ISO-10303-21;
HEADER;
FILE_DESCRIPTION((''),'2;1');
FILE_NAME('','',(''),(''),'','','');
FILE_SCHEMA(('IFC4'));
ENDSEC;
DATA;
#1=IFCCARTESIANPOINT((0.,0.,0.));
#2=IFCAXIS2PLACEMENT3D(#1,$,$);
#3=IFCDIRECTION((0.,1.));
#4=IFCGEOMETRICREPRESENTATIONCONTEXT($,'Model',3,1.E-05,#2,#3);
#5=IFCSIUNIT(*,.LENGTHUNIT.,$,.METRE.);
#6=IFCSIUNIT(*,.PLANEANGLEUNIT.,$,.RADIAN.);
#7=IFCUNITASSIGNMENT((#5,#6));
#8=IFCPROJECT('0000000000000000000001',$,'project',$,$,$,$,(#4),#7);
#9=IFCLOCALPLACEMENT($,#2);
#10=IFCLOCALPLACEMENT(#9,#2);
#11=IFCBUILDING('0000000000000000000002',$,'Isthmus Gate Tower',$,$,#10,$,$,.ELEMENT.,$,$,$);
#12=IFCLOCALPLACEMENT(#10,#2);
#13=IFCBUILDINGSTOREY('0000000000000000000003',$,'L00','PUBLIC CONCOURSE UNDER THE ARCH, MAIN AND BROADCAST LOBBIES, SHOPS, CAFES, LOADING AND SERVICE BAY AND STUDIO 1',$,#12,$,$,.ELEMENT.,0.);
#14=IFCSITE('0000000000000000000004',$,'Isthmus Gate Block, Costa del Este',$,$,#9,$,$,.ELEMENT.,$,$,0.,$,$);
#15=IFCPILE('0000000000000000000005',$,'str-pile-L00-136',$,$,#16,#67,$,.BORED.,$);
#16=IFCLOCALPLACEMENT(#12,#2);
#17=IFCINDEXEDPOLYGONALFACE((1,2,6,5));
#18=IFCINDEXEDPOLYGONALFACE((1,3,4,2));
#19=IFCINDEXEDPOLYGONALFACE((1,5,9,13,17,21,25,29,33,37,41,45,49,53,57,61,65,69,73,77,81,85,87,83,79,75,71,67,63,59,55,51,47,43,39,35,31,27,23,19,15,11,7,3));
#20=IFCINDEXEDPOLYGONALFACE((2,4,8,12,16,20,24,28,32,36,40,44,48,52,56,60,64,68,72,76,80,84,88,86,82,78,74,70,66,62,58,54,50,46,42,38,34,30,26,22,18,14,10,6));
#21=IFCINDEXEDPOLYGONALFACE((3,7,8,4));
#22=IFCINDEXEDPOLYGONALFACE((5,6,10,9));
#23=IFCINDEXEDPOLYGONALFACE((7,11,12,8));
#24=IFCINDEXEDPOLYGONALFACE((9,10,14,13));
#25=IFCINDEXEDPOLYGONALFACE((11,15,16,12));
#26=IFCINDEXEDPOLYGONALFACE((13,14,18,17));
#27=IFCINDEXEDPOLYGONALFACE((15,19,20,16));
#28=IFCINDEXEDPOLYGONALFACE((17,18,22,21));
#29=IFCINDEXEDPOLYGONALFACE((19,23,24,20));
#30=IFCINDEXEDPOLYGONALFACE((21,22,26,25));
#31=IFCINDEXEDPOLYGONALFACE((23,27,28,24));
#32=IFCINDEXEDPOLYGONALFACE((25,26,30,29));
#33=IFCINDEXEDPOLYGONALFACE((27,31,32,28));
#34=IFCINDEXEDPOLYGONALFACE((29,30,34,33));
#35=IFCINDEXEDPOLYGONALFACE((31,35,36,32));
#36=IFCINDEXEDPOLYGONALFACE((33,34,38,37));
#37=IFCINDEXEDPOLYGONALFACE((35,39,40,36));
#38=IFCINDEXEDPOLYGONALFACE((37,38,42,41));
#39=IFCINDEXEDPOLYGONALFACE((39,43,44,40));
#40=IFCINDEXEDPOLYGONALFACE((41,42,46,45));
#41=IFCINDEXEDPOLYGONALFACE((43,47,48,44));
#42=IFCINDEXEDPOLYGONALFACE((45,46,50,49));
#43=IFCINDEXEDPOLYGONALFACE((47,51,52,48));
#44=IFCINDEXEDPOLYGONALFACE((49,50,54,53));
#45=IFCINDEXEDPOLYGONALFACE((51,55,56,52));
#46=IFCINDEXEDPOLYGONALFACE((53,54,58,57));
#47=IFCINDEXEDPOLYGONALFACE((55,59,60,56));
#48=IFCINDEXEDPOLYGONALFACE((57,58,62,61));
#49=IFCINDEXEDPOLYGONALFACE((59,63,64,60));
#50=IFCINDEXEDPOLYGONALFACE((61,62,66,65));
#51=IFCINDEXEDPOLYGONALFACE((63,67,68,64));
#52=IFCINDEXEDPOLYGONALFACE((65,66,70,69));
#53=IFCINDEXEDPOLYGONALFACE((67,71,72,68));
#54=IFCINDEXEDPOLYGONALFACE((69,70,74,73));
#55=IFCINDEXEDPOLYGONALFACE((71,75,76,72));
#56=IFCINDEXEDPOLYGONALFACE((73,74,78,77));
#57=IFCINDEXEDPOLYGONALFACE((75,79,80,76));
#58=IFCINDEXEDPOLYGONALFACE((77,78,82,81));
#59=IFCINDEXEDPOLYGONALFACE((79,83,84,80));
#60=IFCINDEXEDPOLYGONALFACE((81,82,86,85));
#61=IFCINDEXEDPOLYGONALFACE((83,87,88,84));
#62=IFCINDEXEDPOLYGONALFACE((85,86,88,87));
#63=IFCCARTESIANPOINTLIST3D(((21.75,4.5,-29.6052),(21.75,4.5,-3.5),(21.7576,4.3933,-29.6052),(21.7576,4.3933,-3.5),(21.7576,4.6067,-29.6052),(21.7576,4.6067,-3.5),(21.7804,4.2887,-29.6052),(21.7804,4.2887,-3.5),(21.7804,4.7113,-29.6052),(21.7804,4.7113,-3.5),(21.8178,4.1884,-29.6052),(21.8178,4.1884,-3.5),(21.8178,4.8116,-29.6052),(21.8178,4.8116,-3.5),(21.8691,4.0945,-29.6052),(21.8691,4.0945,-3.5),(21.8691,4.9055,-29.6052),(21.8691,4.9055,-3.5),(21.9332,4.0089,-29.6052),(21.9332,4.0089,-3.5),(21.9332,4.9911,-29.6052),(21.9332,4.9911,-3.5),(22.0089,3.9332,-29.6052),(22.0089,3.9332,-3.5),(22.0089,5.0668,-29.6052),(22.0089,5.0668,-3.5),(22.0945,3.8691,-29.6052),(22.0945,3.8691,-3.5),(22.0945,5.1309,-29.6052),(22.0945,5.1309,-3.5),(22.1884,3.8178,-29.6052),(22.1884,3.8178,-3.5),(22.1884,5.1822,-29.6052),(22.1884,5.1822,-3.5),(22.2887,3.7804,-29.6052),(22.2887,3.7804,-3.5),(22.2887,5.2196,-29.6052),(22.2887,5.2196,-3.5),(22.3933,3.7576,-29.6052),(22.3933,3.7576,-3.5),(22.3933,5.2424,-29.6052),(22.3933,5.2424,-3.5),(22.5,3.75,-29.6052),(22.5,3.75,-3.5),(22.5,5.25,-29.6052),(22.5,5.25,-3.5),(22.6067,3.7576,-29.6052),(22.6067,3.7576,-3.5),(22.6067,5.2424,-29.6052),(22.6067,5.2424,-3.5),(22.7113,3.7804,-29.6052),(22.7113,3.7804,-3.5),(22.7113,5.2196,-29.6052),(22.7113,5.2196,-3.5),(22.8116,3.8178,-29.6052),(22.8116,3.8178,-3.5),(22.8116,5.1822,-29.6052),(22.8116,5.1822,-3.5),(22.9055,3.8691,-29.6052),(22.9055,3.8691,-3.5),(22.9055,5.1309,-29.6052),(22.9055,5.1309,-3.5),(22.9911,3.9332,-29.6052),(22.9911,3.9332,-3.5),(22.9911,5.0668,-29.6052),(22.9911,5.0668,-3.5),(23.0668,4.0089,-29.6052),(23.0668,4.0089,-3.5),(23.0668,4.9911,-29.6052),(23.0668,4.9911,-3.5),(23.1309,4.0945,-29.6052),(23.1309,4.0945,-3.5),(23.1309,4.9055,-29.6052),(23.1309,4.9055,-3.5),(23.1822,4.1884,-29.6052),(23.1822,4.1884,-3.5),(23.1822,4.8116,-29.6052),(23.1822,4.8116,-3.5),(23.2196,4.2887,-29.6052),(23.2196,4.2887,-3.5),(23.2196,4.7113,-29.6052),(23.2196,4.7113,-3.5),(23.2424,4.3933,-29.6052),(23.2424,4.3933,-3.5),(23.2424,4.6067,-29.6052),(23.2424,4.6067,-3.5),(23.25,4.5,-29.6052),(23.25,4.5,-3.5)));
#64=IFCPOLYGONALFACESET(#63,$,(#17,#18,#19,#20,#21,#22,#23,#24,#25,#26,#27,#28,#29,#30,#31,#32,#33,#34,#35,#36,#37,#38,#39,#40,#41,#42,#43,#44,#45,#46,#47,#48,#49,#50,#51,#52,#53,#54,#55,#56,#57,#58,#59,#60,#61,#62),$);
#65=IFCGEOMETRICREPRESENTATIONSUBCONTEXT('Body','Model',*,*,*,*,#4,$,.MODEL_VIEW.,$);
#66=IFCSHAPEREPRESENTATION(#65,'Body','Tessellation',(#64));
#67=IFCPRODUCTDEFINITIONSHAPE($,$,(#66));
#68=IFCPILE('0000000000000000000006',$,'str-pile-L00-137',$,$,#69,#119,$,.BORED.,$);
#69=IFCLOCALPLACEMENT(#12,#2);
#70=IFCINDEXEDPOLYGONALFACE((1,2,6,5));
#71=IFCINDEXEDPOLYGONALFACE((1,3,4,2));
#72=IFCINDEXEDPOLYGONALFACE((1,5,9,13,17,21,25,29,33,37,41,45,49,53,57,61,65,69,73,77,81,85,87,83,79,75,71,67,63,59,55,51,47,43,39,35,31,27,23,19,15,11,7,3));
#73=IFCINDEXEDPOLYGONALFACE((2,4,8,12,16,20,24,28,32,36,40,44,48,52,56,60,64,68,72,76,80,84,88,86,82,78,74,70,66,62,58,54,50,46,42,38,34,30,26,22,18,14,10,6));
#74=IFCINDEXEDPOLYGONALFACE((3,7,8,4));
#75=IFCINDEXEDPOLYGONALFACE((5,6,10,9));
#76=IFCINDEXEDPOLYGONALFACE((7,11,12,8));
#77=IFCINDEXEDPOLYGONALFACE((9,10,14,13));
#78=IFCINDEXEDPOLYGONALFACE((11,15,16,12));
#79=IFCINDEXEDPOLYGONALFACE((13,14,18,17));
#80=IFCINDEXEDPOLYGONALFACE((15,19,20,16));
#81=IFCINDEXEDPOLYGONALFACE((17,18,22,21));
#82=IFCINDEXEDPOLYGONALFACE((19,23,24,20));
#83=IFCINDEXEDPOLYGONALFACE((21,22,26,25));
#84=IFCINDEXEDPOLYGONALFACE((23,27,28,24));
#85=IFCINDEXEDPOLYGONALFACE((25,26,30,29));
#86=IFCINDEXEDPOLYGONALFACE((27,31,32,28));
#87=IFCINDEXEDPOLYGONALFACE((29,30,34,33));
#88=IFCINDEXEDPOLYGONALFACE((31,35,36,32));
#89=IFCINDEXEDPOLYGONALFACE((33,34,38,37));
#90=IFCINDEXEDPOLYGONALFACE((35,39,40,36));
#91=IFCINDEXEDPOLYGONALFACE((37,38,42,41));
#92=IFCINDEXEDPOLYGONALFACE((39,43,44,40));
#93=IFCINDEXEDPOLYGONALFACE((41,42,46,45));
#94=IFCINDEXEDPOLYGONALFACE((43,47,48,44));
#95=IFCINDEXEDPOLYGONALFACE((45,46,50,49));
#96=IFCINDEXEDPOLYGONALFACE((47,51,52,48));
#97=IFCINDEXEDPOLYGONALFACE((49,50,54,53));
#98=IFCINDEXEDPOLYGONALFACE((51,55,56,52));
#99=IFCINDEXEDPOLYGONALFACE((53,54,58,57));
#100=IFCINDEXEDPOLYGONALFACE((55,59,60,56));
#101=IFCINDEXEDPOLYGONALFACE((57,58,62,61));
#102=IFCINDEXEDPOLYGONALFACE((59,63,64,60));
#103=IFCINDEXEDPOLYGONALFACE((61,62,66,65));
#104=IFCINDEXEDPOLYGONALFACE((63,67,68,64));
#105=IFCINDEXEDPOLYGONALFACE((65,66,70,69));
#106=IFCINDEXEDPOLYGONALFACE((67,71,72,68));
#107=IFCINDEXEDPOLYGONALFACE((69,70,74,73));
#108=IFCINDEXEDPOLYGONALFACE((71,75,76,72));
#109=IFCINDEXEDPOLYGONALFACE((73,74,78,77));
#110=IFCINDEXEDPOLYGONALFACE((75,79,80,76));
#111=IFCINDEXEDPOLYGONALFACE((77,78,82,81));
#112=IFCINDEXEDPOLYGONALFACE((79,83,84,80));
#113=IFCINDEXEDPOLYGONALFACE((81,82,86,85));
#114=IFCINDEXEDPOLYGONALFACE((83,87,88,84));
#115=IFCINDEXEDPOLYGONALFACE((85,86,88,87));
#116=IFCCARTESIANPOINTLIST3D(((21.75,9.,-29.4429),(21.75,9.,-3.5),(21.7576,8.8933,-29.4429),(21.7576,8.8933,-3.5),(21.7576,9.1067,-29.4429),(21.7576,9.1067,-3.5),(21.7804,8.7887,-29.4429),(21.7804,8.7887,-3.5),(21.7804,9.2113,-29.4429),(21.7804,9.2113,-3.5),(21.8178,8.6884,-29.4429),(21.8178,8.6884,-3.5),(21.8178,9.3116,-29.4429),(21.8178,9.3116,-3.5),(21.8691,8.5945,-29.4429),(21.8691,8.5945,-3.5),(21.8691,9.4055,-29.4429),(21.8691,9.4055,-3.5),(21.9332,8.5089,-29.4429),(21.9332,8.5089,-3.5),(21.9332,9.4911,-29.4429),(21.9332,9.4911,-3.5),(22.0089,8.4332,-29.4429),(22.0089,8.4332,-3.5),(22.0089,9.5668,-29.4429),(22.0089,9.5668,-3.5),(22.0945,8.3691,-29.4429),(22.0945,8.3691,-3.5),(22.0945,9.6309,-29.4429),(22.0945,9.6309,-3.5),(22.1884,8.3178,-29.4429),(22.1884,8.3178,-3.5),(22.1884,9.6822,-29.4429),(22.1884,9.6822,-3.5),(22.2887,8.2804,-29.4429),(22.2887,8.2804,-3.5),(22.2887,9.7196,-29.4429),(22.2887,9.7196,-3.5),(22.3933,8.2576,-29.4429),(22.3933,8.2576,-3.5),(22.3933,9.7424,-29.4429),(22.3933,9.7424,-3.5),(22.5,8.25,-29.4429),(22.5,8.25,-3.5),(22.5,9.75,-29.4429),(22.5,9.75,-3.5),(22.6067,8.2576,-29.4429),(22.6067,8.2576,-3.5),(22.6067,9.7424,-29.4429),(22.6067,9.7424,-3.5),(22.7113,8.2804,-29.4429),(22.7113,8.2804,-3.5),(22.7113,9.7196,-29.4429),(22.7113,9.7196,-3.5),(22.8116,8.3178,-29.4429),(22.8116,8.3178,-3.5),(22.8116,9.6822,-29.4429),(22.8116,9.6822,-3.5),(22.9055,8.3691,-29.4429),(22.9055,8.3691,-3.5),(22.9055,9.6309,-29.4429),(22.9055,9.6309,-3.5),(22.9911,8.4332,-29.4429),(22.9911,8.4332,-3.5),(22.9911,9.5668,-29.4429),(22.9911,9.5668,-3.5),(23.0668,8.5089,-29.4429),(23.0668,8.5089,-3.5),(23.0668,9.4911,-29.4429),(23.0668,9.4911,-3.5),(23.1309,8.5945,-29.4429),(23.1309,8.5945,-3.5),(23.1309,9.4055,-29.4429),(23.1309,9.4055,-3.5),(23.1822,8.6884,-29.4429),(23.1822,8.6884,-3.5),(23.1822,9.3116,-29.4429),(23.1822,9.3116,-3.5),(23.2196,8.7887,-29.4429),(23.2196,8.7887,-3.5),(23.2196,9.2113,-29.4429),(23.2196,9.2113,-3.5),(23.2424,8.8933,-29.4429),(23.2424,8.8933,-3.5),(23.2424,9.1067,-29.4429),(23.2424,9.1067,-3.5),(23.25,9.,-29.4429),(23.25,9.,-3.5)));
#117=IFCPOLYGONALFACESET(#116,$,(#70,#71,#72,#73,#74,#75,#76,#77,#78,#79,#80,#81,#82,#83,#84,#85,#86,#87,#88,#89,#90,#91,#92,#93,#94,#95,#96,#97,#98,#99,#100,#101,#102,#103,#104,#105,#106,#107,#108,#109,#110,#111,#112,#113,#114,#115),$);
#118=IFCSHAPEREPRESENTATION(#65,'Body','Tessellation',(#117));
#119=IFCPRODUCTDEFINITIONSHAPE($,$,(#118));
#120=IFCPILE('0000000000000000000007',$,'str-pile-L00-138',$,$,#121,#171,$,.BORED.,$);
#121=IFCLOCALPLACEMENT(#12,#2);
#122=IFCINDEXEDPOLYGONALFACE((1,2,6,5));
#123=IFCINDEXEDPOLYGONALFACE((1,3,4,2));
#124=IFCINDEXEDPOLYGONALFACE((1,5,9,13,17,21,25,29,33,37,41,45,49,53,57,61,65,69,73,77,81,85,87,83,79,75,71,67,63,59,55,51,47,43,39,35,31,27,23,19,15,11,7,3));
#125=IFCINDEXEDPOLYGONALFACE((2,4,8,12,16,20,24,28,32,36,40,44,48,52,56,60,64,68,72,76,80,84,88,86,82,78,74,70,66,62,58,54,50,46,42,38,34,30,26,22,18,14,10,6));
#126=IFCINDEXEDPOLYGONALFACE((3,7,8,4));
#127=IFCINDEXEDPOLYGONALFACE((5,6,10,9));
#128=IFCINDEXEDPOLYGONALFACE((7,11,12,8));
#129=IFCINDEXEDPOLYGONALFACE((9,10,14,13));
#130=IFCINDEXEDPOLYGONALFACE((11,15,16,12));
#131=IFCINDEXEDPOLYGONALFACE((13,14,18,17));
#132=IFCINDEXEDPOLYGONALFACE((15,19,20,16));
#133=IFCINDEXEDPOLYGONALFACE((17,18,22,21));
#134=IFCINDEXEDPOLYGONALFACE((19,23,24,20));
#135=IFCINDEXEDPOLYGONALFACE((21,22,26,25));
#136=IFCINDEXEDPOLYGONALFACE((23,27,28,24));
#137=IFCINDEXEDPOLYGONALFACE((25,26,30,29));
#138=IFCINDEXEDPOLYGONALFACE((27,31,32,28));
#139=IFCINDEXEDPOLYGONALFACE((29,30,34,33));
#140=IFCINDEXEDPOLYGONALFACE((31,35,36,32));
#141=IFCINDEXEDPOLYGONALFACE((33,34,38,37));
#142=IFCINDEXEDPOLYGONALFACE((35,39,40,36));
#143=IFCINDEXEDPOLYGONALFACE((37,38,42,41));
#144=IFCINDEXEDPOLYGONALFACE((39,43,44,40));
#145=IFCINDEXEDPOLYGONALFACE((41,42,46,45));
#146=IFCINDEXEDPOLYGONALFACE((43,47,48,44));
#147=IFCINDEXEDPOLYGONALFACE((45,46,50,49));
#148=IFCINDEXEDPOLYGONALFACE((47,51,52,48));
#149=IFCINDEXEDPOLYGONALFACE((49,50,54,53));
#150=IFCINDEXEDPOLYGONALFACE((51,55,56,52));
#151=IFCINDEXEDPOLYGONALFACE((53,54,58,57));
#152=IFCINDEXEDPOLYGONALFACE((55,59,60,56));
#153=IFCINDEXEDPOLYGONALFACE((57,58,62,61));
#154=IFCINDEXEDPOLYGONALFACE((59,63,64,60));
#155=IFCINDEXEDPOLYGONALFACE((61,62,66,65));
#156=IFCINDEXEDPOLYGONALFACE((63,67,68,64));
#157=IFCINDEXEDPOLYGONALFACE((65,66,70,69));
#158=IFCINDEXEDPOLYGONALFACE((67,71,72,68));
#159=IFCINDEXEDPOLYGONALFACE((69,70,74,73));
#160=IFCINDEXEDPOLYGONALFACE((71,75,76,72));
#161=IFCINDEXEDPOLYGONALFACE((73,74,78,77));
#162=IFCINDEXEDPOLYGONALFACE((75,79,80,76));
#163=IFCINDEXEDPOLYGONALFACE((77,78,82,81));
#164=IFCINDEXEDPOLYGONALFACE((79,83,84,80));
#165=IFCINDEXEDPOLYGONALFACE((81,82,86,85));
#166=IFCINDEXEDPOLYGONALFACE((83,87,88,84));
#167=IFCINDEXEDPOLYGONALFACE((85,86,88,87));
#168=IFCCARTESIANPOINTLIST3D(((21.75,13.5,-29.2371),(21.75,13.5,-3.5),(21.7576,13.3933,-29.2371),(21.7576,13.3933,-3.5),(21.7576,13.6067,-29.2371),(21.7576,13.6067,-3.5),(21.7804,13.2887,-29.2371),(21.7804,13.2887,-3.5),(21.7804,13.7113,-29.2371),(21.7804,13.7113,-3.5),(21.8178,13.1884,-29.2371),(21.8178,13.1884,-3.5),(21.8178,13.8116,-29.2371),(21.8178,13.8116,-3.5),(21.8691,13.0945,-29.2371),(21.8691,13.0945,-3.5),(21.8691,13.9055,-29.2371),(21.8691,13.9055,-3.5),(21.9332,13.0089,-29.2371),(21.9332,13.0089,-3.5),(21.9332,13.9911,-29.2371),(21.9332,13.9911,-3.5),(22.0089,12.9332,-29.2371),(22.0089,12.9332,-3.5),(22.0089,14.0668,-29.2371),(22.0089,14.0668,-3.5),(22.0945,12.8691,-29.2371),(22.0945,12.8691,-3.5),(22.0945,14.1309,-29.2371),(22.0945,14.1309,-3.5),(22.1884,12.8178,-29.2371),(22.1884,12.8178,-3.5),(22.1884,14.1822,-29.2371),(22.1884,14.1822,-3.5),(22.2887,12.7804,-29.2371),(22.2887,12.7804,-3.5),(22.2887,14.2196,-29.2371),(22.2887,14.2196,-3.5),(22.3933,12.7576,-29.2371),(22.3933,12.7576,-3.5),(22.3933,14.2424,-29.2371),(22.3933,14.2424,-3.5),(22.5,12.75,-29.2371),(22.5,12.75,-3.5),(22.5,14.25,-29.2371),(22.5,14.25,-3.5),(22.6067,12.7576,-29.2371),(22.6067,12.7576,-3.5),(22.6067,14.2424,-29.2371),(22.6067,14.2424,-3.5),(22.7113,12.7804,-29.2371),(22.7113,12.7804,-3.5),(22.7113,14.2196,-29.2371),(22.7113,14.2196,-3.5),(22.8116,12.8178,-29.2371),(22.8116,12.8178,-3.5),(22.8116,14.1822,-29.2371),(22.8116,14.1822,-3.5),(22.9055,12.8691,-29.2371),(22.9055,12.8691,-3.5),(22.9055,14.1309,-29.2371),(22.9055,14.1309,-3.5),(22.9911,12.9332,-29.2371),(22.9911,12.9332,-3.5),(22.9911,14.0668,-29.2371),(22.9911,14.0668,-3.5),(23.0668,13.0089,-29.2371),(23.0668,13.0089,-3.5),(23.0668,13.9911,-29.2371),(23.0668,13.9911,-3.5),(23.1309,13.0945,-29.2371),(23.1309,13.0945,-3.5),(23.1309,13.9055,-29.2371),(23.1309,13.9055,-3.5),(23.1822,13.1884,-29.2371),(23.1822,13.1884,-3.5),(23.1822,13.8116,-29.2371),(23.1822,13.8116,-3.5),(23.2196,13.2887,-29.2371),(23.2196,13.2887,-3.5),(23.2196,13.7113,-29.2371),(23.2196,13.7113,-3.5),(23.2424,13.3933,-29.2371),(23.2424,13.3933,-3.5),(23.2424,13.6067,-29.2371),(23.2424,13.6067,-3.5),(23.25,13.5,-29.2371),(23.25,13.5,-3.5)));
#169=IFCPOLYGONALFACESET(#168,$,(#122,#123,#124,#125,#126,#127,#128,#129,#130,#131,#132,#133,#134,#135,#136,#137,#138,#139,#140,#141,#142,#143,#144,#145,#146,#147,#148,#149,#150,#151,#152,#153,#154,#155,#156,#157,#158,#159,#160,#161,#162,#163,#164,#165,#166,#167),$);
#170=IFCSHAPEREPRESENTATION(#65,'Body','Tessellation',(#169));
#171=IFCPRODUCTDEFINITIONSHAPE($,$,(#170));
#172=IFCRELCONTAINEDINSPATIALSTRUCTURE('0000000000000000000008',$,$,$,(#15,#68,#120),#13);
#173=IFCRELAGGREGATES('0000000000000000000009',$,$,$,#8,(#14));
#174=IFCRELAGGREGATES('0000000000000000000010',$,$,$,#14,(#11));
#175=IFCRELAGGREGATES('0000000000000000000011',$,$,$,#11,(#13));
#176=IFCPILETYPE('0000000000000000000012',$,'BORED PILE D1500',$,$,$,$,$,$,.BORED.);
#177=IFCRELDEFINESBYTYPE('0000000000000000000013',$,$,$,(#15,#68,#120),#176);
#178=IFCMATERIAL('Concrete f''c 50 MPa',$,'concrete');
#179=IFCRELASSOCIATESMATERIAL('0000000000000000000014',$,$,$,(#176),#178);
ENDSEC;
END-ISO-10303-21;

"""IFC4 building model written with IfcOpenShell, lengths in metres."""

from ifc_helpers import new_model, si_unit, direction, frame, origin, origin_2d, place, context, subcontext, project, spatial, circle, extrude, material, material_profile, profile_set, type_object, element, save


model = new_model("IFC4")

# Units and contexts
model_context = context("Model", 3, precision=1e-05, world=origin(), true_north=direction((0.0, 1.0)))
body_context = subcontext(model_context, "Body", "Model", "MODEL_VIEW")
ifc_project = project(units=[si_unit("LENGTHUNIT", "METRE"), si_unit("PLANEANGLEUNIT", "RADIAN")], contexts=[model_context])

# Site, building, storey
site_placement = place(None, origin())
site = spatial("IfcSite", under=ifc_project, at=site_placement, Name="Isthmus Gate Block, Costa del Este", CompositionType="ELEMENT", RefElevation=0.0)
building_placement = place(site_placement, origin())
building = spatial("IfcBuilding", under=site, at=building_placement, Name="Isthmus Gate Tower", CompositionType="ELEMENT")
storey_placement = place(building_placement, origin())
storey = spatial("IfcBuildingStorey", under=building, at=storey_placement, Name="L00", Description="PUBLIC CONCOURSE UNDER THE ARCH, MAIN AND BROADCAST LOBBIES, SHOPS, CAFES, LOADING AND SERVICE BAY AND STUDIO 1", CompositionType="ELEMENT", Elevation=0.0)

# Piles
ifc_material_1 = material(Name="Concrete f'c 50 MPa", Category="concrete")
ifc_material_profile_1 = material_profile(ifc_material_1, circle(Radius=0.75, at=origin_2d()), Name="D1500")
ifc_profile_set_1 = profile_set([ifc_material_profile_1], Name="Concrete f'c 50 MPa")
pile_type = type_object("IfcPileType", Name="BORED PILE D1500", PredefinedType="BORED", material=ifc_profile_set_1)
pile_1_placement = place(storey_placement, frame((22.5, 4.5, -3.5), z_axis=(0.0, 0.0, -1.0), x_axis=(1.0, 0.0, 0.0)))
element("IfcPile", 1, at=pile_1_placement, inside=storey, type_object=pile_type, Name="str-pile-L00-136", PredefinedType="BORED", context=body_context, shape_type="SweptSolid", body=[
    extrude(circle(Radius=0.75, at=origin_2d()), origin(), (0.0, 0.0, 1.0), 26.1052),
])
pile_2_placement = place(storey_placement, frame((22.5, 9.0, -3.5), z_axis=(0.0, 0.0, -1.0), x_axis=(1.0, 0.0, 0.0)))
element("IfcPile", 2, at=pile_2_placement, inside=storey, type_object=pile_type, Name="str-pile-L00-137", PredefinedType="BORED", context=body_context, shape_type="SweptSolid", body=[
    extrude(circle(Radius=0.75, at=origin_2d()), origin(), (0.0, 0.0, 1.0), 25.9429),
])
pile_3_placement = place(storey_placement, frame((22.5, 13.5, -3.5), z_axis=(0.0, 0.0, -1.0), x_axis=(1.0, 0.0, 0.0)))
element("IfcPile", 3, at=pile_3_placement, inside=storey, type_object=pile_type, Name="str-pile-L00-138", PredefinedType="BORED", context=body_context, shape_type="SweptSolid", body=[
    extrude(circle(Radius=0.75, at=origin_2d()), origin(), (0.0, 0.0, 1.0), 25.7371),
])

save(model, "model.ifc")
